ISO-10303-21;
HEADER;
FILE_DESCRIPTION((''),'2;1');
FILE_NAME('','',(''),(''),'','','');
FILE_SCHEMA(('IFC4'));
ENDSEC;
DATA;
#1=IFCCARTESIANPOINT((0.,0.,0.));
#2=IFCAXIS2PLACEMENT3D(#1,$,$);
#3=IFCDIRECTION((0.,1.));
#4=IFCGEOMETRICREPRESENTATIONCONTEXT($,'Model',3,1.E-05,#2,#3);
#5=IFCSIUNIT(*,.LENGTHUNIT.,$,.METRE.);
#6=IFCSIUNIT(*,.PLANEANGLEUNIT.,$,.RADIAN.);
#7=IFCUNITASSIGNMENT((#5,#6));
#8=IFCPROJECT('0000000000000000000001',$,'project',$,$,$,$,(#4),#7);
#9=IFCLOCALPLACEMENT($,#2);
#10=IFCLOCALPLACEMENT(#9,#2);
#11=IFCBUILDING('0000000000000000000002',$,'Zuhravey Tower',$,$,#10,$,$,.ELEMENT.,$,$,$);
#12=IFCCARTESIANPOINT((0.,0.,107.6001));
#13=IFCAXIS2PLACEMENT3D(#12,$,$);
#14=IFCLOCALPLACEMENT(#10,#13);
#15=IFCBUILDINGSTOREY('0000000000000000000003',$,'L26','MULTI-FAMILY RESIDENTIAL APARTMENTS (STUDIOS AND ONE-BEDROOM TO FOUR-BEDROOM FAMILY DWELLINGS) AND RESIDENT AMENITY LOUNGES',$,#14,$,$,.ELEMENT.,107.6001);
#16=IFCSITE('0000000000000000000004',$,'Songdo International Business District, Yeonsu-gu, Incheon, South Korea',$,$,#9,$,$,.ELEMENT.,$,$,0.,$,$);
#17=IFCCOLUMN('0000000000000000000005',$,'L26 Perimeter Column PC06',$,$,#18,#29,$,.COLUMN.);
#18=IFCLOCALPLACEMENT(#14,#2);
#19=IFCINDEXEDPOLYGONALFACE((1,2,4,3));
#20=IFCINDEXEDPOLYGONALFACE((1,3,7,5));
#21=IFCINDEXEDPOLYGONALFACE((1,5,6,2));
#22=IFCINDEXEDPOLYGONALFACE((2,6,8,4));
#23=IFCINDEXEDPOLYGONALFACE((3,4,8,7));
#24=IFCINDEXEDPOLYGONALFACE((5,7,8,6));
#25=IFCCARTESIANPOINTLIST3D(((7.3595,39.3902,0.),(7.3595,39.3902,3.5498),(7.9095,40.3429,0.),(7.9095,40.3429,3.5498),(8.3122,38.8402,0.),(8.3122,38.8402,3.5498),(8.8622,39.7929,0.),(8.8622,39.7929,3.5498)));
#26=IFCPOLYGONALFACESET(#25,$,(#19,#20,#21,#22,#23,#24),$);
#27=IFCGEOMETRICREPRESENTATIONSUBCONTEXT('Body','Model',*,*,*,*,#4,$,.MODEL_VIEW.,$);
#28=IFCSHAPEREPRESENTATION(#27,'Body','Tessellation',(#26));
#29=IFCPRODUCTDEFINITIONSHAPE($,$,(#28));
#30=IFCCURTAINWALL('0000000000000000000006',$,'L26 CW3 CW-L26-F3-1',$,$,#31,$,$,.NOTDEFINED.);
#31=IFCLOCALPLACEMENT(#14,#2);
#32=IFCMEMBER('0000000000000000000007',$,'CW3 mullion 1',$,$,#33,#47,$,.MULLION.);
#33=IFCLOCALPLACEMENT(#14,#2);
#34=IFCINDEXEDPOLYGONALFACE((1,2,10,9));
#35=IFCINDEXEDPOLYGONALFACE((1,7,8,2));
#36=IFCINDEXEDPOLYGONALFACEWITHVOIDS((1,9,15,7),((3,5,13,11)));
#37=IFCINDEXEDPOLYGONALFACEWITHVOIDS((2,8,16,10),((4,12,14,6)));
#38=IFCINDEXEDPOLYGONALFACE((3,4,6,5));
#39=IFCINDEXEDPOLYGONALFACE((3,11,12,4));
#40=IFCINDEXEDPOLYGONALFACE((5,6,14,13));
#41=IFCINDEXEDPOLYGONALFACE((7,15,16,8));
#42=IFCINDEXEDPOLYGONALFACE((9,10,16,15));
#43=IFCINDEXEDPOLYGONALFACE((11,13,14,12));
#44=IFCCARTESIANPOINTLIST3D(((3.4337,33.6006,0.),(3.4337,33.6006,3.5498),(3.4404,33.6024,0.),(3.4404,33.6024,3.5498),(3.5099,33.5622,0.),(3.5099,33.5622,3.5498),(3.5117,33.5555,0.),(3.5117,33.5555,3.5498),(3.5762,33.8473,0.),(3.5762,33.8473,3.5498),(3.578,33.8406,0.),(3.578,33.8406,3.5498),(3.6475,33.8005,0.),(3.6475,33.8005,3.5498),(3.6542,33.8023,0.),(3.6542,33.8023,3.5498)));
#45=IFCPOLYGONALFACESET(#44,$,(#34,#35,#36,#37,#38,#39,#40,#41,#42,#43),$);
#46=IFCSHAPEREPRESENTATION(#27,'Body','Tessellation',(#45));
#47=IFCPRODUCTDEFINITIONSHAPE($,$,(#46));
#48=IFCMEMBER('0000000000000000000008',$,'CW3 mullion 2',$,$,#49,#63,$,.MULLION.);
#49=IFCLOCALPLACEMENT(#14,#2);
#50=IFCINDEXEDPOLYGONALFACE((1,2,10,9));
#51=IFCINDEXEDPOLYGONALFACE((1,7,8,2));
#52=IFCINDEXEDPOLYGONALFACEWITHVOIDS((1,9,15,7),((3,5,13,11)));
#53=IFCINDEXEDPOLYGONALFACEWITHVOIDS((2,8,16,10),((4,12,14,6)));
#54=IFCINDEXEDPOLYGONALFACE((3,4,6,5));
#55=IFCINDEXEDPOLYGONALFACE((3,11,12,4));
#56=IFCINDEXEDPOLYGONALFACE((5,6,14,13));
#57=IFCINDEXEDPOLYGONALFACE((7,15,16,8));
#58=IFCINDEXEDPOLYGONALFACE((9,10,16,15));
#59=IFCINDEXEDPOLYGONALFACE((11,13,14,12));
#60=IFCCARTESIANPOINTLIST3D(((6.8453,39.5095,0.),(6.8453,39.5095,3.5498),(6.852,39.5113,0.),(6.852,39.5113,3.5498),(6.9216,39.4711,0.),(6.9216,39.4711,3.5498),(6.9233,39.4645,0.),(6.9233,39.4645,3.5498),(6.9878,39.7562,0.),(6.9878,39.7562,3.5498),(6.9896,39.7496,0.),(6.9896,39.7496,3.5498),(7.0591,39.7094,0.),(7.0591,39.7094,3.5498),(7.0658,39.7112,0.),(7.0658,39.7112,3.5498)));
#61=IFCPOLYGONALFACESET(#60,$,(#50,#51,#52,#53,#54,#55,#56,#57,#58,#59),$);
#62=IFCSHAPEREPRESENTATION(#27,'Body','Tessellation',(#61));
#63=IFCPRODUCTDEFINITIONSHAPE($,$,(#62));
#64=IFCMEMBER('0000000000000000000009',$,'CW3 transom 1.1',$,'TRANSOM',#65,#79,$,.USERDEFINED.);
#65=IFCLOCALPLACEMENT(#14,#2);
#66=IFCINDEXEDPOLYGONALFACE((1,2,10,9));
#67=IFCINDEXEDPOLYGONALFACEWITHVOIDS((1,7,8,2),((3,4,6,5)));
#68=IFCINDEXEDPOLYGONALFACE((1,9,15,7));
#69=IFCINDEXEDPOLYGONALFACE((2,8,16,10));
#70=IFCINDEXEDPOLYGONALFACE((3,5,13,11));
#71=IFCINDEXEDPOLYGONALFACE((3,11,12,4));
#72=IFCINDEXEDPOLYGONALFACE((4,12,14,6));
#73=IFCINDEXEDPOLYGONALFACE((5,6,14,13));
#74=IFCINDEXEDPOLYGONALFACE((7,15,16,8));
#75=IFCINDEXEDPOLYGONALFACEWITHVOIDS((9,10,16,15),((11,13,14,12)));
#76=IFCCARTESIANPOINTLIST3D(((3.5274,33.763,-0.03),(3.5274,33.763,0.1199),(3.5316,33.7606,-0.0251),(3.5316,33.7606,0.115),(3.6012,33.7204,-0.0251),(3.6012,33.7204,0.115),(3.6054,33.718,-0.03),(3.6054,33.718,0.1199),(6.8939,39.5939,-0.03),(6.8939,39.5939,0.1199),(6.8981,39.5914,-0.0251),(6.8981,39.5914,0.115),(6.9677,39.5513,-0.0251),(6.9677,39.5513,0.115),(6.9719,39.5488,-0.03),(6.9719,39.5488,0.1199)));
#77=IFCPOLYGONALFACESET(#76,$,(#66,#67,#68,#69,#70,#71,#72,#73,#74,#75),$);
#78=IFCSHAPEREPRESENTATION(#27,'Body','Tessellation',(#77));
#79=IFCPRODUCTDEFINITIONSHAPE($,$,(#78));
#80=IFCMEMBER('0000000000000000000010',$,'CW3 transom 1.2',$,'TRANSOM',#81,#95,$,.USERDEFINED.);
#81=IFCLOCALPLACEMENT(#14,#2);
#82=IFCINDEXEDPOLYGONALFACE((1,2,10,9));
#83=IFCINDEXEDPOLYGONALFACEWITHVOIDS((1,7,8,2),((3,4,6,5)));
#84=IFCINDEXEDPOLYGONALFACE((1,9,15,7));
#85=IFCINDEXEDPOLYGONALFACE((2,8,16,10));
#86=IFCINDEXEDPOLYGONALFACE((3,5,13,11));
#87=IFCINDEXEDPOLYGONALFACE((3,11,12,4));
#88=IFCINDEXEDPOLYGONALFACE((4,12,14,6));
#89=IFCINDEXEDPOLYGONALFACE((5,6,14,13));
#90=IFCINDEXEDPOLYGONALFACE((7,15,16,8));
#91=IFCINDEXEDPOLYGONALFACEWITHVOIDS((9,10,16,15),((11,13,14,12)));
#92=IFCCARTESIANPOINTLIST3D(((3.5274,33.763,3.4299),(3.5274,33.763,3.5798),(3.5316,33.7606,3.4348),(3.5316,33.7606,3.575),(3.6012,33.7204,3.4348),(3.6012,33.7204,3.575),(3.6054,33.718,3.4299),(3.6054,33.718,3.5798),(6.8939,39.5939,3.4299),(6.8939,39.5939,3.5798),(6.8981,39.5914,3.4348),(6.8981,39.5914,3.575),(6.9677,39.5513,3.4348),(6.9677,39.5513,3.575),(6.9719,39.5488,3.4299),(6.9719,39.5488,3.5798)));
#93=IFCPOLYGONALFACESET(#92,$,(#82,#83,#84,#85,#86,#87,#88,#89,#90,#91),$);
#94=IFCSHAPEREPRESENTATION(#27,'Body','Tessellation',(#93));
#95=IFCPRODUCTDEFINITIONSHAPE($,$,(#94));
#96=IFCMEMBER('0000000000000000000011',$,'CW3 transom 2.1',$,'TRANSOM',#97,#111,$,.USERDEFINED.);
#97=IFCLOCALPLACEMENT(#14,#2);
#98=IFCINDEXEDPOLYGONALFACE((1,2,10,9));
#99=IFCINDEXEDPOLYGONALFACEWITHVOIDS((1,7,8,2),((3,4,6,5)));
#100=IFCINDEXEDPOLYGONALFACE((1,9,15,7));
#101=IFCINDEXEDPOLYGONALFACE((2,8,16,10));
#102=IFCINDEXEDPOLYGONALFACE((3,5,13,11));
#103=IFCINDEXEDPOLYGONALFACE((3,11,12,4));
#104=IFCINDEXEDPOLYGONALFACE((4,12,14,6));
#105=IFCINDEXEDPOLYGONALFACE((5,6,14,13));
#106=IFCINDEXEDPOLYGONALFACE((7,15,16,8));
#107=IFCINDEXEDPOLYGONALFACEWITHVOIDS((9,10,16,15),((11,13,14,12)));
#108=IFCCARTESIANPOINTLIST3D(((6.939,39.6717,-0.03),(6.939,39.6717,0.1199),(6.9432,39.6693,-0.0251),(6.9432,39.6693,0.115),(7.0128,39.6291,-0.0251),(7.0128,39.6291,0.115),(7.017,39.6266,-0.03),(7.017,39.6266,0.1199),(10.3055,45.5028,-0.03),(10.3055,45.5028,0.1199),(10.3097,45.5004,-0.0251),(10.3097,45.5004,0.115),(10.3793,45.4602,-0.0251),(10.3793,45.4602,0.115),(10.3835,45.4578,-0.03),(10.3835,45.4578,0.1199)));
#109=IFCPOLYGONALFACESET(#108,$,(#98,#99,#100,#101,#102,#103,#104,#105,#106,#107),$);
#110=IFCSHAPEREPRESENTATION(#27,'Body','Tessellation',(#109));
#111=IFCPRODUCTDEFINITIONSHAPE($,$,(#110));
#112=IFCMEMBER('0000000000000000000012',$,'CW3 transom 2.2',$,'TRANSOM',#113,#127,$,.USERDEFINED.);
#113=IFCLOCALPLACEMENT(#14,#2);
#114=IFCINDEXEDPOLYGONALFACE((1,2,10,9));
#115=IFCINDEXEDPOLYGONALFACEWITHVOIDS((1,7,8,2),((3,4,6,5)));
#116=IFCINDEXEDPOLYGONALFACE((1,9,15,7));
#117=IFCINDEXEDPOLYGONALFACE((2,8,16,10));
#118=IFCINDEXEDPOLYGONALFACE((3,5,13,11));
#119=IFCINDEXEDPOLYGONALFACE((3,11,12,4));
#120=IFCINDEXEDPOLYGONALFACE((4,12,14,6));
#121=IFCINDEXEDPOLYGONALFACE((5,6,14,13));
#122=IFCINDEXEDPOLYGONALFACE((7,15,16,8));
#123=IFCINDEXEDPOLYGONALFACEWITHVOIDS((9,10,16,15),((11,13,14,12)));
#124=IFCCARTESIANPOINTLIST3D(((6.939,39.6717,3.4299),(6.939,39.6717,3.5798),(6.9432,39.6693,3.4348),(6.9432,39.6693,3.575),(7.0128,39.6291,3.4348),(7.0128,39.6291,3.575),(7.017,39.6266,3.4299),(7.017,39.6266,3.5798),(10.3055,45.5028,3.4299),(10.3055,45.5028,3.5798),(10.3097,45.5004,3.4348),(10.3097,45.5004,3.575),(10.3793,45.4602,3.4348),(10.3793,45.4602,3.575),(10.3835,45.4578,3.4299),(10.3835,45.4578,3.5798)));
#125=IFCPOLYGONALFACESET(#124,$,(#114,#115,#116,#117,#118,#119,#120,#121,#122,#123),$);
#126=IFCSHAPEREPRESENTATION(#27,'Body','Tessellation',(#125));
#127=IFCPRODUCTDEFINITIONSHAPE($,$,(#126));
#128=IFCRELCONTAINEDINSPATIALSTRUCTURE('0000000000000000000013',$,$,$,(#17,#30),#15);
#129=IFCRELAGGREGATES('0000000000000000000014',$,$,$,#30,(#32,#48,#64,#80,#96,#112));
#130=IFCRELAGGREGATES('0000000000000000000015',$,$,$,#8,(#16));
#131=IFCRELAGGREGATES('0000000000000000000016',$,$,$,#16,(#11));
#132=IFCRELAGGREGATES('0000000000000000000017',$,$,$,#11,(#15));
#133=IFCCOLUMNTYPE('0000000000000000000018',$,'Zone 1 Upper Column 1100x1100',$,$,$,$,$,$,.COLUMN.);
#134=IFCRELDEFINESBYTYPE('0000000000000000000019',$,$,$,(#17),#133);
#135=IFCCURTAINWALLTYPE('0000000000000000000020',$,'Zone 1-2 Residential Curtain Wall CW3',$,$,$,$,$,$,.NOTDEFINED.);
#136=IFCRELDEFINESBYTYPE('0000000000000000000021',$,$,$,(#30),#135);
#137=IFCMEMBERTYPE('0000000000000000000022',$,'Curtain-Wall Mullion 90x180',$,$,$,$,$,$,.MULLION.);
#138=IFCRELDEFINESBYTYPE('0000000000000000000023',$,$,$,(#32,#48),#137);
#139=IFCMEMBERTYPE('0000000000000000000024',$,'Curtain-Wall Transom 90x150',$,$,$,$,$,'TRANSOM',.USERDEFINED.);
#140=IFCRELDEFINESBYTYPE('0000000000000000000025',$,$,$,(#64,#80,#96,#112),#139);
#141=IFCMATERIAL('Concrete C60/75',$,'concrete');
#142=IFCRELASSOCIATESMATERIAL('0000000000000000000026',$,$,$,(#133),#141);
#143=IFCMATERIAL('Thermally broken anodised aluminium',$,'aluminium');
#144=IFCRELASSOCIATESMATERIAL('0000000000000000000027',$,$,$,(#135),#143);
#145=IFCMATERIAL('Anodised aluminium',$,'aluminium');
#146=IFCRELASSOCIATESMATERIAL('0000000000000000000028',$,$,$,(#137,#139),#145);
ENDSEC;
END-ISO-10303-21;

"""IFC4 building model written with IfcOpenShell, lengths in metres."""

from ifc_helpers import new_model, si_unit, direction, frame, origin, origin_2d, place, context, subcontext, project, spatial, rectangle, hollow_rectangle, extrude, material, material_profile, profile_set, type_object, element, aggregate, save


model = new_model("IFC4")

# Units and contexts
model_context = context("Model", 3, precision=1e-05, world=origin(), true_north=direction((0.0, 1.0)))
body_context = subcontext(model_context, "Body", "Model", "MODEL_VIEW")
ifc_project = project(units=[si_unit("LENGTHUNIT", "METRE"), si_unit("PLANEANGLEUNIT", "RADIAN")], contexts=[model_context])

# Site, building, storey
site_placement = place(None, origin())
site = spatial("IfcSite", under=ifc_project, at=site_placement, Name="Songdo International Business District, Yeonsu-gu, Incheon, South Korea", CompositionType="ELEMENT", RefElevation=0.0)
building_placement = place(site_placement, origin())
building = spatial("IfcBuilding", under=site, at=building_placement, Name="Zuhravey Tower", CompositionType="ELEMENT")
storey_placement = place(building_placement, frame((0.0, 0.0, 107.6001)))
storey = spatial("IfcBuildingStorey", under=building, at=storey_placement, Name="L26", Description="MULTI-FAMILY RESIDENTIAL APARTMENTS (STUDIOS AND ONE-BEDROOM TO FOUR-BEDROOM FAMILY DWELLINGS) AND RESIDENT AMENITY LOUNGES", CompositionType="ELEMENT", Elevation=107.6001)

# Column
ifc_material_1 = material(Name="Concrete C60/75", Category="concrete")
ifc_material_profile_1 = material_profile(ifc_material_1, rectangle(XDim=1.1001, YDim=1.1001, at=origin_2d()), Name="RC-1100x1100")
ifc_profile_set_1 = profile_set([ifc_material_profile_1], Name="Concrete C60/75")
column_type = type_object("IfcColumnType", Name="Zone 1 Upper Column 1100x1100", PredefinedType="COLUMN", material=ifc_profile_set_1)
column_placement = place(storey_placement, frame((8.1108, 39.5916, 0.0), z_axis=(0.0, 0.0, 1.0), x_axis=(-0.5, -0.866025, 0.0)))
element("IfcColumn", 1, at=column_placement, inside=storey, type_object=column_type, Name="L26 Perimeter Column PC06", PredefinedType="COLUMN", context=body_context, shape_type="SweptSolid", body=[
    extrude(rectangle(XDim=1.1001, YDim=1.1001, at=origin_2d()), origin(), (0.0, 0.0, 1.0), 3.5498),
])

# Curtain wall, members
ifc_material_2 = material(Name="Thermally broken anodised aluminium", Category="aluminium")
curtain_wall_type = type_object("IfcCurtainWallType", Name="Zone 1-2 Residential Curtain Wall CW3", PredefinedType="NOTDEFINED", material=ifc_material_2)
curtain_wall_placement = place(storey_placement, origin())
curtain_wall = element("IfcCurtainWall", 2, at=curtain_wall_placement, inside=storey, type_object=curtain_wall_type, Name="L26 CW3 CW-L26-F3-1", PredefinedType="NOTDEFINED")
ifc_material_3 = material(Name="Anodised aluminium", Category="aluminium")
ifc_material_profile_2 = material_profile(ifc_material_3, hollow_rectangle(XDim=0.0901, YDim=0.2849, WallThickness=0.0049, at=origin_2d()), Name="ALU-RHS-90x285x5")
ifc_profile_set_2 = profile_set([ifc_material_profile_2], Name="Anodised aluminium")
member_type_1 = type_object("IfcMemberType", Name="Curtain-Wall Mullion 90x180", PredefinedType="MULLION", material=ifc_profile_set_2)
member_1_placement = place(storey_placement, frame((3.5439, 33.7014, 0.0), z_axis=(0.0, 0.0, 1.0), x_axis=(-0.866026, 0.499998, 0.0)))
member_1 = element("IfcMember", 3, at=member_1_placement, type_object=member_type_1, Name="CW3 mullion 1", PredefinedType="MULLION", context=body_context, shape_type="SweptSolid", body=[
    extrude(hollow_rectangle(XDim=0.0901, YDim=0.2849, WallThickness=0.0049, at=origin_2d()), origin(), (0.0, 0.0, 1.0), 3.5498),
])
member_2_placement = place(storey_placement, frame((6.9556, 39.6104, 0.0), z_axis=(0.0, 0.0, 1.0), x_axis=(-0.866026, 0.499998, 0.0)))
member_2 = element("IfcMember", 4, at=member_2_placement, type_object=member_type_1, Name="CW3 mullion 2", PredefinedType="MULLION", context=body_context, shape_type="SweptSolid", body=[
    extrude(hollow_rectangle(XDim=0.0901, YDim=0.2849, WallThickness=0.0049, at=origin_2d()), origin(), (0.0, 0.0, 1.0), 3.5498),
])
ifc_material_profile_3 = material_profile(ifc_material_3, hollow_rectangle(XDim=0.0901, YDim=0.1499, WallThickness=0.0049, at=origin_2d()), Name="ALU-RHS-90x150x5")
ifc_profile_set_3 = profile_set([ifc_material_profile_3], Name="Anodised aluminium")
member_type_2 = type_object("IfcMemberType", Name="Curtain-Wall Transom 90x150", ElementType="TRANSOM", PredefinedType="USERDEFINED", material=ifc_profile_set_3)
member_3_placement = place(storey_placement, frame((3.5664, 33.7405, 0.0449), z_axis=(0.500004, 0.866023, 0.0), x_axis=(-0.866023, 0.500004, 0.0)))
member_3 = element("IfcMember", 5, at=member_3_placement, type_object=member_type_2, Name="CW3 transom 1.1", ObjectType="TRANSOM", PredefinedType="USERDEFINED", context=body_context, shape_type="SweptSolid", body=[
    extrude(hollow_rectangle(XDim=0.0901, YDim=0.1499, WallThickness=0.0049, at=origin_2d()), origin(), (0.0, 0.0, 1.0), 6.7329),
])
member_4_placement = place(storey_placement, frame((3.5664, 33.7405, 3.5049), z_axis=(0.500004, 0.866023, 0.0), x_axis=(-0.866023, 0.500004, 0.0)))
member_4 = element("IfcMember", 6, at=member_4_placement, type_object=member_type_2, Name="CW3 transom 1.2", ObjectType="TRANSOM", PredefinedType="USERDEFINED", context=body_context, shape_type="SweptSolid", body=[
    extrude(hollow_rectangle(XDim=0.0901, YDim=0.1499, WallThickness=0.0049, at=origin_2d()), origin(), (0.0, 0.0, 1.0), 6.7329),
])
member_5_placement = place(storey_placement, frame((6.978, 39.6492, 0.0449), z_axis=(0.499988, 0.866032, 0.0), x_axis=(-0.866032, 0.499988, 0.0)))
member_5 = element("IfcMember", 7, at=member_5_placement, type_object=member_type_2, Name="CW3 transom 2.1", ObjectType="TRANSOM", PredefinedType="USERDEFINED", context=body_context, shape_type="SweptSolid", body=[
    extrude(hollow_rectangle(XDim=0.0901, YDim=0.1499, WallThickness=0.0049, at=origin_2d()), origin(), (0.0, 0.0, 1.0), 6.7332),
])
member_6_placement = place(storey_placement, frame((6.978, 39.6492, 3.5049), z_axis=(0.499988, 0.866032, 0.0), x_axis=(-0.866032, 0.499988, 0.0)))
member_6 = element("IfcMember", 8, at=member_6_placement, type_object=member_type_2, Name="CW3 transom 2.2", ObjectType="TRANSOM", PredefinedType="USERDEFINED", context=body_context, shape_type="SweptSolid", body=[
    extrude(hollow_rectangle(XDim=0.0901, YDim=0.1499, WallThickness=0.0049, at=origin_2d()), origin(), (0.0, 0.0, 1.0), 6.7332),
])

aggregate(curtain_wall, [member_1, member_2, member_3, member_4, member_5, member_6])

save(model, "model.ifc")
